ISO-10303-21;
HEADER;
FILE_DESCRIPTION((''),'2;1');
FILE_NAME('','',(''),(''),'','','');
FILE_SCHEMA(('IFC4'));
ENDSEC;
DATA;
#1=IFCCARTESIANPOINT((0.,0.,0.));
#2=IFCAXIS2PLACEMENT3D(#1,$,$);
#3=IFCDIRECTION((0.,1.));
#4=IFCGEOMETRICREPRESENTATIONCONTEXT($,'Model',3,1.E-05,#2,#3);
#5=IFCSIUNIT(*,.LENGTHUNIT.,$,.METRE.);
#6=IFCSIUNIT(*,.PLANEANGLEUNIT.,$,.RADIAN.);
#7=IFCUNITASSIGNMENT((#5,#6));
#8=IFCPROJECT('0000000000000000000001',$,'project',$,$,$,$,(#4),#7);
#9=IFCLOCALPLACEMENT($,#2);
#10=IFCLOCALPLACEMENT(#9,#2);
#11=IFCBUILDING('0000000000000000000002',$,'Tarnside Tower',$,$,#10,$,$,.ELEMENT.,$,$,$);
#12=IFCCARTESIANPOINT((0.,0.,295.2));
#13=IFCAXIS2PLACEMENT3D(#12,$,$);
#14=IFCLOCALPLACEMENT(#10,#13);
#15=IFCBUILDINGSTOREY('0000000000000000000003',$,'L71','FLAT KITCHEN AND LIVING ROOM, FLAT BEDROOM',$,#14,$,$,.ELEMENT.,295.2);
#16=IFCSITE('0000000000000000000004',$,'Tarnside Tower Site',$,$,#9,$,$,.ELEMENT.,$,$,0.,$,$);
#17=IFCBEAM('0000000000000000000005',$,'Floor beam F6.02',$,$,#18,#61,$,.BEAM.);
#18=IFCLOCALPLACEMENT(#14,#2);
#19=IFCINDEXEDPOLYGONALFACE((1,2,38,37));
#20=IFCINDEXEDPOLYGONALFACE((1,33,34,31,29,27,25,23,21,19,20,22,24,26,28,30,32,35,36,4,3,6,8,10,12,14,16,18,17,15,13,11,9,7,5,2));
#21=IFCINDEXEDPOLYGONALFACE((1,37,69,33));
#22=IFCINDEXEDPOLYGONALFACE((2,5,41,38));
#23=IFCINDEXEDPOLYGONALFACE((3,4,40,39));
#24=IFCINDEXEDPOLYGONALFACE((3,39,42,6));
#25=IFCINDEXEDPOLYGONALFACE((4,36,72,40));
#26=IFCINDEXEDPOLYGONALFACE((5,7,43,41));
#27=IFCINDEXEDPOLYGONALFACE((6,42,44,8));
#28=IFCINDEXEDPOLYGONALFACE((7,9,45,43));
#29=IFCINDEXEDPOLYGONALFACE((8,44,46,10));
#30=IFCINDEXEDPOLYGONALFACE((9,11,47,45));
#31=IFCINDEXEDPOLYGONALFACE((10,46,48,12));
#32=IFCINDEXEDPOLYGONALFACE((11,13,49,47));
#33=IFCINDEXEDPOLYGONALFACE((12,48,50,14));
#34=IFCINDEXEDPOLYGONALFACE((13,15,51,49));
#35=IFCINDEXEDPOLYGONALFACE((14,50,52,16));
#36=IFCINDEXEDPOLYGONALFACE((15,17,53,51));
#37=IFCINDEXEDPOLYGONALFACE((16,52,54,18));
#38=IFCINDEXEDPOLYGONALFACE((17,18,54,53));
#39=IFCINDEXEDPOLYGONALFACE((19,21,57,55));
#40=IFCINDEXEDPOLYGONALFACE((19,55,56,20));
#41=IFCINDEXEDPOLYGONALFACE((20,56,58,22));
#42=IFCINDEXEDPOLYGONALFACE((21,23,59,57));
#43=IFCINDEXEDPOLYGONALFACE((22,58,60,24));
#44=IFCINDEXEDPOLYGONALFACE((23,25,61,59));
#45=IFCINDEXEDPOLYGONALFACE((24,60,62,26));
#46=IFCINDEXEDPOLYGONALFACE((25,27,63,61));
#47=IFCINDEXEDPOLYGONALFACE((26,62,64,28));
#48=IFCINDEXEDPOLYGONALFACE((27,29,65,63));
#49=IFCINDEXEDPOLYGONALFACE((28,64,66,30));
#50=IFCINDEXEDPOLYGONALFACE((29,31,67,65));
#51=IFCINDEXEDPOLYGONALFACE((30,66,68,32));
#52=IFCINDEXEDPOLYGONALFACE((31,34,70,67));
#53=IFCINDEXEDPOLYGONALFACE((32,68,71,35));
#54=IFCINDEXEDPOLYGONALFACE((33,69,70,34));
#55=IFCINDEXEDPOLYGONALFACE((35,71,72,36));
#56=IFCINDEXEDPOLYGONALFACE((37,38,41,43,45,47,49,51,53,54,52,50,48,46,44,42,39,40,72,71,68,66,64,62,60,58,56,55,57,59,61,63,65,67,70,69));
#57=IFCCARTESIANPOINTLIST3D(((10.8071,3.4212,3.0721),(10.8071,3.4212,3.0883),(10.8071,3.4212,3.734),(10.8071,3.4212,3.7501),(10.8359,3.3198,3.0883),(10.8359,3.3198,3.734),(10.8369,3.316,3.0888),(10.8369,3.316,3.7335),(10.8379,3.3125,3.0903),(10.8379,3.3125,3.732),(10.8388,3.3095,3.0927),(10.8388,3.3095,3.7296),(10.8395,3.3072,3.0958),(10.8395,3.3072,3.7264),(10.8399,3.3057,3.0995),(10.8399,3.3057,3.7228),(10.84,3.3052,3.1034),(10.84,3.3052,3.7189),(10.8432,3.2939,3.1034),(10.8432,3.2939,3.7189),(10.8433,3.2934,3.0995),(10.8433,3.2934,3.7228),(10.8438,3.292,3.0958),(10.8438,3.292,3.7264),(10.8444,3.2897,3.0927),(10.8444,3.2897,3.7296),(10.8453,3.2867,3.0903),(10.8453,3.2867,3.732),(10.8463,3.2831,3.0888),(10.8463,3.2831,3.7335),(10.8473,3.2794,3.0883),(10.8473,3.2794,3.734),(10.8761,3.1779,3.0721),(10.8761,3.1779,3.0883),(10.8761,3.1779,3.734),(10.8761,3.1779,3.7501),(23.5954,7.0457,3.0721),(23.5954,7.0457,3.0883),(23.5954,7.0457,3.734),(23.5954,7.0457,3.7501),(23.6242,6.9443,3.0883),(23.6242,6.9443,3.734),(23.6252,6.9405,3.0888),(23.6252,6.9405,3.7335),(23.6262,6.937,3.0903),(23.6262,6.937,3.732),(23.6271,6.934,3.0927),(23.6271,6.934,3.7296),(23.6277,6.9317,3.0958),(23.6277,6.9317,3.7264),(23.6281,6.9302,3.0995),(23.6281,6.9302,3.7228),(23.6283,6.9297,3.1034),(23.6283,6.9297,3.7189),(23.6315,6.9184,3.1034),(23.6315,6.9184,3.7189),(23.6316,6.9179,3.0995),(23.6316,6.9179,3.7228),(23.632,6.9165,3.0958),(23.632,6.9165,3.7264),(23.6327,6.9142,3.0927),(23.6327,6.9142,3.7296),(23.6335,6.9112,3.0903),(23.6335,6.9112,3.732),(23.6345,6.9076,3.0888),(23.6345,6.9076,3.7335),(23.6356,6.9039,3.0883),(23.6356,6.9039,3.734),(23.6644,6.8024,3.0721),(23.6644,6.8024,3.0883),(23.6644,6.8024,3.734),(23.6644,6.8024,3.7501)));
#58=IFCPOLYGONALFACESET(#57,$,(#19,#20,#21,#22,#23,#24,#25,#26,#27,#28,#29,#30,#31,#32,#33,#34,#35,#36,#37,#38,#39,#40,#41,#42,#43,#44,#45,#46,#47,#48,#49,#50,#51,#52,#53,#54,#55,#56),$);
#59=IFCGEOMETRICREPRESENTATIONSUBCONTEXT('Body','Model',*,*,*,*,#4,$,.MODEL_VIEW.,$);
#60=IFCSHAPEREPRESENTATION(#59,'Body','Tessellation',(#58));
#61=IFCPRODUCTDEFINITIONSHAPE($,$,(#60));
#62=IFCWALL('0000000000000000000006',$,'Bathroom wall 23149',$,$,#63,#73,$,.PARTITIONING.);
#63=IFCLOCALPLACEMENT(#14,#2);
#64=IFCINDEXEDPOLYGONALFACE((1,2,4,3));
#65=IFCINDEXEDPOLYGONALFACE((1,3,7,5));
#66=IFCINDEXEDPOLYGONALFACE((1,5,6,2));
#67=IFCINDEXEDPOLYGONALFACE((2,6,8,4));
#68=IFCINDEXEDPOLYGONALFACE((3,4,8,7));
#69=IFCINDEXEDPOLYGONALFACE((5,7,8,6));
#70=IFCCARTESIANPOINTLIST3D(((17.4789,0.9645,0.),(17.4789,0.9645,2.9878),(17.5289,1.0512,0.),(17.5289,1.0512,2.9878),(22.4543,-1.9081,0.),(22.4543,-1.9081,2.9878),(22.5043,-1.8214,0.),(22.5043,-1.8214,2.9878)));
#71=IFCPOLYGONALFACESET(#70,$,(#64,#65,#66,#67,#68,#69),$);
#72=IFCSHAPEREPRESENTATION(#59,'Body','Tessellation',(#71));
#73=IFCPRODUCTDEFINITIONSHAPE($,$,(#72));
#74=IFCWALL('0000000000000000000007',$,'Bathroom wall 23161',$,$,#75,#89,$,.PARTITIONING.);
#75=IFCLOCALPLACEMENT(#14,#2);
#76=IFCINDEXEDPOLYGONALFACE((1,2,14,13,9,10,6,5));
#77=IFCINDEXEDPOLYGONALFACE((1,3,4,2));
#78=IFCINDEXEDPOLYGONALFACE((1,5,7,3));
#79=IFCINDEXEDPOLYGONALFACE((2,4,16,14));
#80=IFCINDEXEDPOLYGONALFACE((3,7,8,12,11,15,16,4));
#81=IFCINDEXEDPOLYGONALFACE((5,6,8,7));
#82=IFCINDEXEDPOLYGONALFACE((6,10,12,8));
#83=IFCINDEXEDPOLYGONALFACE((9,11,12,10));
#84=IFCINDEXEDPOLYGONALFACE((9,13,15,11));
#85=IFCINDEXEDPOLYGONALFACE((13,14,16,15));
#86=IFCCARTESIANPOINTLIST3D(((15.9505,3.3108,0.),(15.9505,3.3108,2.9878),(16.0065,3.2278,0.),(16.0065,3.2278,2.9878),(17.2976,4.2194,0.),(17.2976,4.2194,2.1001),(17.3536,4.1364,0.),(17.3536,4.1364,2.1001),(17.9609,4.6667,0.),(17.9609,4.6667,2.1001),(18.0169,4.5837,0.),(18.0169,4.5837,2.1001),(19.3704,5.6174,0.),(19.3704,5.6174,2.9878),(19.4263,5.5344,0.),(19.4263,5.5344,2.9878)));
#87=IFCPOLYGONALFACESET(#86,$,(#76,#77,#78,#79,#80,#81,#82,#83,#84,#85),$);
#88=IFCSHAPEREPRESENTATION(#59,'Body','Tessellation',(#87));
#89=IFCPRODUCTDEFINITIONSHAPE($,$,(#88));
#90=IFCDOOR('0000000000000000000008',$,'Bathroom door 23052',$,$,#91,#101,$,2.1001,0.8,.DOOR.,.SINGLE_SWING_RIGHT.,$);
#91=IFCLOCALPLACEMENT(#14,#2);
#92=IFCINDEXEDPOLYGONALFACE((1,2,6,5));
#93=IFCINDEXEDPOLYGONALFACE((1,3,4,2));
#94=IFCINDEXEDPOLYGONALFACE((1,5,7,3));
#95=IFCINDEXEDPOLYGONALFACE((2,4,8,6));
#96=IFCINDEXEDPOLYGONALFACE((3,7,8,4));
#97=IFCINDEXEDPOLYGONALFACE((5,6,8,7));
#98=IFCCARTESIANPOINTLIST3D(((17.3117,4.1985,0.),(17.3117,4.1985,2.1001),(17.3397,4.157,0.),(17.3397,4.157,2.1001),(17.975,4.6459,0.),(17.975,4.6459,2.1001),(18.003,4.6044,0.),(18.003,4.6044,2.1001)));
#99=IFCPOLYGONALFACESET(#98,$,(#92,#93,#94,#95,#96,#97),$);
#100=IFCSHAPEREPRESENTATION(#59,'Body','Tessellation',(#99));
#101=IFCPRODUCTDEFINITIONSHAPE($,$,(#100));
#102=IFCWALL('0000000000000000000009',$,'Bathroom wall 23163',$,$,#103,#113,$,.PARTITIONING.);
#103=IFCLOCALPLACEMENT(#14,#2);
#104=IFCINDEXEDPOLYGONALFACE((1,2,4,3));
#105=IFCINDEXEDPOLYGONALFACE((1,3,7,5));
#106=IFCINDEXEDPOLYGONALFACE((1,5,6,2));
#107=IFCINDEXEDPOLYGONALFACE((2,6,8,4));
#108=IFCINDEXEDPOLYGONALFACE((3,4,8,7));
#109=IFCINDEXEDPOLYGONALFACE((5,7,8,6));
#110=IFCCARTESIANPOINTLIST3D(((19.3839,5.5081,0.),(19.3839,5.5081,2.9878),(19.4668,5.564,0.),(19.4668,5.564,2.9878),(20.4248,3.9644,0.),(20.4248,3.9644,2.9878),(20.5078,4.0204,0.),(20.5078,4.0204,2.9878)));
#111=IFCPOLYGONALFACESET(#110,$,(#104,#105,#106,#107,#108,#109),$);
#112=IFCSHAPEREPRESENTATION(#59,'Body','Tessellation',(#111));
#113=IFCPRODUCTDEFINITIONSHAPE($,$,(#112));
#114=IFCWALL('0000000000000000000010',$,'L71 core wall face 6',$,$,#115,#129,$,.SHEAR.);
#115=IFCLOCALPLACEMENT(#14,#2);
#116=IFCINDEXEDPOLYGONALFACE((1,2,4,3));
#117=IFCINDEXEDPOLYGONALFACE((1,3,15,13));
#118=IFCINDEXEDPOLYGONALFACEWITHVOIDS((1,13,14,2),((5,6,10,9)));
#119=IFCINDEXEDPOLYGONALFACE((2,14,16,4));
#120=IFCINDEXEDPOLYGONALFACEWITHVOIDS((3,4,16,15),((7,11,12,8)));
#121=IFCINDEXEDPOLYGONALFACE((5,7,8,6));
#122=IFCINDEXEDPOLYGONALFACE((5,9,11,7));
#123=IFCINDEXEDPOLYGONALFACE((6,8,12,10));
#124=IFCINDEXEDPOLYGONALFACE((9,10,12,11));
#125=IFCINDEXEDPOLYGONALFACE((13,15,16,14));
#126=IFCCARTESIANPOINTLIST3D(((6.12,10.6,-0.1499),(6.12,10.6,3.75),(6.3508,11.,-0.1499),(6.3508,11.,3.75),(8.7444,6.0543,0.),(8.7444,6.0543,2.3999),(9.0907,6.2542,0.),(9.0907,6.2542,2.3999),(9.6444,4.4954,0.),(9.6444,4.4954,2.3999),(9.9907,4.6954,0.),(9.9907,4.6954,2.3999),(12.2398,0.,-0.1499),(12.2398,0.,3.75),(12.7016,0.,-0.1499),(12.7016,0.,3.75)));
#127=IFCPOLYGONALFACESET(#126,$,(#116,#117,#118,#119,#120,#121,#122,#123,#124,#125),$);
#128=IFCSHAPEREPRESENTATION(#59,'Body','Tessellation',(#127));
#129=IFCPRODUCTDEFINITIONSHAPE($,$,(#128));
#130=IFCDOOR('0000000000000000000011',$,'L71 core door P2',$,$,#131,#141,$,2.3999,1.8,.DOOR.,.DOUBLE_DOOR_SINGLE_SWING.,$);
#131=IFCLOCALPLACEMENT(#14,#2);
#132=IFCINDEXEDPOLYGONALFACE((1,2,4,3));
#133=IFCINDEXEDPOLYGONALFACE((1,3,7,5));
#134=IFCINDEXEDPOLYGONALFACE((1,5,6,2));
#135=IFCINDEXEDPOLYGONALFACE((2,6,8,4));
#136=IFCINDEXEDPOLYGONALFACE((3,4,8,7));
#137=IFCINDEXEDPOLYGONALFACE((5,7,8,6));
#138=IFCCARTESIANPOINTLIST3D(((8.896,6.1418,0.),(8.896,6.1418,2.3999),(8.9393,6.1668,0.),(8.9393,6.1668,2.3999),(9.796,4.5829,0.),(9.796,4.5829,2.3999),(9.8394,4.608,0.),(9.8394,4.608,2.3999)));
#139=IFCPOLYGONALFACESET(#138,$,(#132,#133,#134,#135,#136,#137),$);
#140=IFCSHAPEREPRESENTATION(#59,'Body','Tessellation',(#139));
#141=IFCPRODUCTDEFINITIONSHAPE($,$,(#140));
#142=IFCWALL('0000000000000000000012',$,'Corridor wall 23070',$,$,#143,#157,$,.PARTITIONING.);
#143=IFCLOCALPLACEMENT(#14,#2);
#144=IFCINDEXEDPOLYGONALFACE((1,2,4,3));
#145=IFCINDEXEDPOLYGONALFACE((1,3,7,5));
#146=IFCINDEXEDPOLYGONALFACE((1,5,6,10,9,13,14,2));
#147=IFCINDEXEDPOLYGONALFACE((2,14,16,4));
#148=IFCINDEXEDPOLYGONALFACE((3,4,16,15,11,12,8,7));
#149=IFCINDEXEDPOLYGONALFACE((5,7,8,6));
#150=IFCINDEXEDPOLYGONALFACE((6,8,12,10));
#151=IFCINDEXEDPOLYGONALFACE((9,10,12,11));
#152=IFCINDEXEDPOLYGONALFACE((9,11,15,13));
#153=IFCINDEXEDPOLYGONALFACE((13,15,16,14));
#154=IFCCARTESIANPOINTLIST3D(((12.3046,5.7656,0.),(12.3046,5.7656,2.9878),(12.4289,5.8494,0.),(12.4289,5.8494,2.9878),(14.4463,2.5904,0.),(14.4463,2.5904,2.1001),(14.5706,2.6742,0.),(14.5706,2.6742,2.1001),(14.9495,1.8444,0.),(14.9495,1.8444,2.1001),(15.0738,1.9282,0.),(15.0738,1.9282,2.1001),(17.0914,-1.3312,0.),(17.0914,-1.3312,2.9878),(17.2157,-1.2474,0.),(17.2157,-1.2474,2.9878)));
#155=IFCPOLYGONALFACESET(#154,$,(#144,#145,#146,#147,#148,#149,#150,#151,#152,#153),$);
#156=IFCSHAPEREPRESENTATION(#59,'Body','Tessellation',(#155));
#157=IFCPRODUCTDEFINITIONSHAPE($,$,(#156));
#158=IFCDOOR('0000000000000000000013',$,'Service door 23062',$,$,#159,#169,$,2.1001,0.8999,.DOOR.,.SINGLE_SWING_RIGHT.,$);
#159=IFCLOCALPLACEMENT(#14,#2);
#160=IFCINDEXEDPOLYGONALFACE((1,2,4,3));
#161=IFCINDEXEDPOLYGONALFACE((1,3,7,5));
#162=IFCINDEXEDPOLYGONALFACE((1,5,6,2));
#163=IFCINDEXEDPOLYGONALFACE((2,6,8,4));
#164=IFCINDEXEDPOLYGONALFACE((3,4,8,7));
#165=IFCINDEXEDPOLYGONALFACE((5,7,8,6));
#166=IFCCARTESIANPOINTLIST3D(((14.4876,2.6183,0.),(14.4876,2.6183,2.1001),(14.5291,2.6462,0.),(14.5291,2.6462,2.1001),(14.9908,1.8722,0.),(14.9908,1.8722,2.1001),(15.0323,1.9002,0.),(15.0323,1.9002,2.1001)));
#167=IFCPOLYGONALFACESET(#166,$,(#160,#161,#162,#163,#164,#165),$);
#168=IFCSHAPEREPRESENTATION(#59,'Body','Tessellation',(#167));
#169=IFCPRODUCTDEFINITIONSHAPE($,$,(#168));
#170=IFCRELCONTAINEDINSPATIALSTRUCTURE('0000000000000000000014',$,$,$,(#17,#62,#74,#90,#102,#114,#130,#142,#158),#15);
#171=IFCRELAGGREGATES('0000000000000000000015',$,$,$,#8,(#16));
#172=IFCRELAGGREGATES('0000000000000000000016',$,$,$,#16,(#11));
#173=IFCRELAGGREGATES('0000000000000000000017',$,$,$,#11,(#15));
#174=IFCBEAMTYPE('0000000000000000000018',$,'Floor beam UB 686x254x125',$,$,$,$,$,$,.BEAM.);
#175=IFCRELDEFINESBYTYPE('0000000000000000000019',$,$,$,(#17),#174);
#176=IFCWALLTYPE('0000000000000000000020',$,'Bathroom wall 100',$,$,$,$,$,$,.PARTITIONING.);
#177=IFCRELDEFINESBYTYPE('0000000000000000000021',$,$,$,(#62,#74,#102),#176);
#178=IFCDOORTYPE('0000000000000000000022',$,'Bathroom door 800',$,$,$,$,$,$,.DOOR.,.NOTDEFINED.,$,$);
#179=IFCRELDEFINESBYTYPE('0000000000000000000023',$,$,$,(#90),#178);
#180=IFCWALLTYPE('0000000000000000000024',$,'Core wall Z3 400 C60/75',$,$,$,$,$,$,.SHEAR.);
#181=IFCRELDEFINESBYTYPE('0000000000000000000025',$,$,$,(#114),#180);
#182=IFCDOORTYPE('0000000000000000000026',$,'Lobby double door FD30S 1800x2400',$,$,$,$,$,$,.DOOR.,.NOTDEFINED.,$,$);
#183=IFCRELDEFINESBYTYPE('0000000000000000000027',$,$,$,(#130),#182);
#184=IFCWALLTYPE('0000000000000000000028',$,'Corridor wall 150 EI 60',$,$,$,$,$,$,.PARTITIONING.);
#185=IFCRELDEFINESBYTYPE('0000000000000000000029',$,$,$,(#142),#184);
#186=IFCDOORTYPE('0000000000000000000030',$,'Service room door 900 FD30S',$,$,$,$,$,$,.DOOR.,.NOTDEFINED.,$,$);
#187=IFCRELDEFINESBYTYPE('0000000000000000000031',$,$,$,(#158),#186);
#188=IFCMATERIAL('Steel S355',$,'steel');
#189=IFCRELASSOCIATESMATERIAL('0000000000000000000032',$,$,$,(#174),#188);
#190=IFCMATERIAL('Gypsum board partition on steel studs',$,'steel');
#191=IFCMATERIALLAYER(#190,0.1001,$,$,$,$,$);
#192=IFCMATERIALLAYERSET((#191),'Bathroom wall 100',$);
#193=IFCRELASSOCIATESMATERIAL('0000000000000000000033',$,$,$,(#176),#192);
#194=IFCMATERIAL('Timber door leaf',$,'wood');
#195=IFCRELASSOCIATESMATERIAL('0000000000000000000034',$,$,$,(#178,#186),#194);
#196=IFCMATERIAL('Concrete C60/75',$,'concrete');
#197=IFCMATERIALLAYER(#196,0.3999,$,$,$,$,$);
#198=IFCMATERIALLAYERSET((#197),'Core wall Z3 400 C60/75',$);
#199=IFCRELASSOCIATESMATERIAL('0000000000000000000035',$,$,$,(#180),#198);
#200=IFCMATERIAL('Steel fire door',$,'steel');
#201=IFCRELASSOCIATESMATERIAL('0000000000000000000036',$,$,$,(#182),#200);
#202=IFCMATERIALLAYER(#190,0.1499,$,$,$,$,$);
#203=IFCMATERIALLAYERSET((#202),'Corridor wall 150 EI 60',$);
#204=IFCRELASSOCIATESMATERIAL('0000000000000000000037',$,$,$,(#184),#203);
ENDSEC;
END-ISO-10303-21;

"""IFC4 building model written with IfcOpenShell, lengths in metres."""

from ifc_helpers import new_model, si_unit, direction, frame, frame_2d, origin, origin_2d, place, context, subcontext, project, spatial, polyline, rectangle, i_section, outline, extrude, material, layer, layer_set, material_profile, profile_set, type_object, element, fill, save


model = new_model("IFC4")

# Units and contexts
model_context = context("Model", 3, precision=1e-05, world=origin(), true_north=direction((0.0, 1.0)))
body_context = subcontext(model_context, "Body", "Model", "MODEL_VIEW")
ifc_project = project(units=[si_unit("LENGTHUNIT", "METRE"), si_unit("PLANEANGLEUNIT", "RADIAN")], contexts=[model_context])

# Site, building, storey
site_placement = place(None, origin())
site = spatial("IfcSite", under=ifc_project, at=site_placement, Name="Tarnside Tower Site", CompositionType="ELEMENT", RefElevation=0.0)
building_placement = place(site_placement, origin())
building = spatial("IfcBuilding", under=site, at=building_placement, Name="Tarnside Tower", CompositionType="ELEMENT")
storey_placement = place(building_placement, frame((0.0, 0.0, 295.2)))
storey = spatial("IfcBuildingStorey", under=building, at=storey_placement, Name="L71", Description="FLAT KITCHEN AND LIVING ROOM, FLAT BEDROOM", CompositionType="ELEMENT", Elevation=295.2)

# Beam
ifc_material_1 = material(Name="Steel S355", Category="steel")
ifc_material_profile = material_profile(ifc_material_1, i_section(OverallWidth=0.2529, OverallDepth=0.678, WebThickness=0.0117, FlangeThickness=0.0161, FilletRadius=0.0151, at=origin_2d()), Name="UB 686x254x125")
ifc_profile_set = profile_set([ifc_material_profile], Name="Steel S355")
beam_type = type_object("IfcBeamType", Name="Floor beam UB 686x254x125", PredefinedType="BEAM", material=ifc_profile_set)
beam_placement = place(storey_placement, frame((23.6299, 6.9241, 3.4111), z_axis=(-0.962104, -0.272683, 0.0), x_axis=(0.272683, -0.962104, 0.0)))
element("IfcBeam", 1, at=beam_placement, inside=storey, type_object=beam_type, Name="Floor beam F6.02", PredefinedType="BEAM", context=body_context, shape_type="SweptSolid", body=[
    extrude(i_section(OverallWidth=0.2529, OverallDepth=0.678, WebThickness=0.0117, FlangeThickness=0.0161, FilletRadius=0.0151, at=origin_2d()), origin(), (0.0, 0.0, 1.0), 13.292),
])

# Wall
ifc_material_2 = material(Name="Gypsum board partition on steel studs", Category="steel")
ifc_layer_1 = layer(ifc_material_2, 0.1001)
ifc_layer_set_1 = layer_set([ifc_layer_1], Name="Bathroom wall 100")
wall_type_1 = type_object("IfcWallType", Name="Bathroom wall 100", PredefinedType="PARTITIONING", material=ifc_layer_set_1)
wall_1_placement = place(storey_placement, frame((17.5039, 1.0078, 0.0), z_axis=(0.0, 0.0, 1.0), x_axis=(0.866022, -0.500006, 0.0)))
element("IfcWall", 2, at=wall_1_placement, inside=storey, type_object=wall_type_1, Name="Bathroom wall 23149", PredefinedType="PARTITIONING", context=body_context, shape_type="SweptSolid", body=[
    extrude(rectangle(XDim=5.7451, YDim=0.1001, at=frame_2d((2.8726, 0.0))), origin(), (0.0, 0.0, 1.0), 2.9878),
])

# Wall, opening, door
wall_2_placement = place(storey_placement, frame((15.9785, 3.2693, 0.0), z_axis=(0.0, 0.0, 1.0), x_axis=(0.829052, 0.559172, 0.0)))
wall_2 = element("IfcWall", 3, at=wall_2_placement, inside=storey, type_object=wall_type_1, Name="Bathroom wall 23161", PredefinedType="PARTITIONING", context=body_context, shape_type="SweptSolid", body=[
    extrude(rectangle(XDim=4.125, YDim=0.1001, at=frame_2d((2.0625, 0.0))), origin(), (0.0, 0.0, 1.0), 2.9878),
])
opening_1_placement = place(wall_2_placement, frame((1.625, 0.0, 0.0)))
opening_1 = element("IfcOpeningElement", 4, at=opening_1_placement, cuts=wall_2, PredefinedType="OPENING", context=body_context, shape_type="SweptSolid", body=[
    extrude(rectangle(XDim=0.8, YDim=2.1001, at=frame_2d((0.3999, 1.05))), frame((0.0, 0.0601, 0.0), z_axis=(0.0, -1.0, 0.0), x_axis=(1.0, 0.0, 0.0)), (0.0, 0.0, 1.0), 0.1201),
])
ifc_material_3 = material(Name="Timber door leaf", Category="wood")
door_type_1 = type_object("IfcDoorType", Name="Bathroom door 800", OperationType="NOTDEFINED", PredefinedType="DOOR", material=ifc_material_3)
door_1_placement = place(opening_1_placement, origin())
door_1 = element("IfcDoor", 5, at=door_1_placement, inside=storey, type_object=door_type_1, Name="Bathroom door 23052", OperationType="SINGLE_SWING_RIGHT", OverallHeight=2.1001, OverallWidth=0.8, PredefinedType="DOOR", context=body_context, shape_type="SweptSolid", body=[
    extrude(rectangle(XDim=0.8, YDim=2.1001, at=frame_2d((0.3999, 1.05))), frame((0.0, 0.0249, 0.0), z_axis=(0.0, -1.0, 0.0), x_axis=(1.0, 0.0, 0.0)), (0.0, 0.0, 1.0), 0.05),
])
fill(opening_1, door_1)

# Wall
wall_3_placement = place(storey_placement, frame((20.4663, 3.9924, 0.0), z_axis=(0.0, 0.0, 1.0), x_axis=(-0.55911, 0.829093, 0.0)))
element("IfcWall", 6, at=wall_3_placement, inside=storey, type_object=wall_type_1, Name="Bathroom wall 23163", PredefinedType="PARTITIONING", context=body_context, shape_type="SweptSolid", body=[
    extrude(rectangle(XDim=1.8618, YDim=0.1001, at=frame_2d((0.9309, 0.0))), origin(), (0.0, 0.0, 1.0), 2.9878),
])

# Walls, openings, doors
ifc_material_4 = material(Name="Concrete C60/75", Category="concrete")
ifc_layer_2 = layer(ifc_material_4, 0.3999)
ifc_layer_set_2 = layer_set([ifc_layer_2], Name="Core wall Z3 400 C60/75")
wall_type_2 = type_object("IfcWallType", Name="Core wall Z3 400 C60/75", PredefinedType="SHEAR", material=ifc_layer_set_2)
wall_4_placement = place(storey_placement, frame((12.4707, 0.0, -0.1499), z_axis=(0.0, 0.0, 1.0), x_axis=(-0.499996, 0.866027, 0.0)))
wall_4 = element("IfcWall", 7, at=wall_4_placement, inside=storey, type_object=wall_type_2, Name="L71 core wall face 6", PredefinedType="SHEAR", context=body_context, shape_type="SweptSolid", body=[
    extrude(outline(polyline([(-0.1155, -0.2), (12.5862, -0.2), (12.3552, 0.2), (0.1155, 0.2), (-0.1155, -0.2)])), origin(), (0.0, 0.0, 1.0), 3.8999),
])
opening_2_placement = place(wall_4_placement, frame((5.3064, 0.0, 0.1499)))
opening_2 = element("IfcOpeningElement", 8, at=opening_2_placement, cuts=wall_4, PredefinedType="OPENING", context=body_context, shape_type="SweptSolid", body=[
    extrude(rectangle(XDim=1.8, YDim=2.3999, at=frame_2d((0.8999, 1.2))), frame((0.0, 0.21, 0.0), z_axis=(0.0, -1.0, 0.0), x_axis=(1.0, 0.0, 0.0)), (0.0, 0.0, 1.0), 0.4199),
])
ifc_material_5 = material(Name="Steel fire door", Category="steel")
door_type_2 = type_object("IfcDoorType", Name="Lobby double door FD30S 1800x2400", OperationType="NOTDEFINED", PredefinedType="DOOR", material=ifc_material_5)
door_2_placement = place(opening_2_placement, origin())
door_2 = element("IfcDoor", 9, at=door_2_placement, inside=storey, type_object=door_type_2, Name="L71 core door P2", OperationType="DOUBLE_DOOR_SINGLE_SWING", OverallHeight=2.3999, OverallWidth=1.8, PredefinedType="DOOR", context=body_context, shape_type="SweptSolid", body=[
    extrude(rectangle(XDim=1.8, YDim=2.3999, at=frame_2d((0.8999, 1.2))), frame((0.0, 0.0249, 0.0), z_axis=(0.0, -1.0, 0.0), x_axis=(1.0, 0.0, 0.0)), (0.0, 0.0, 1.0), 0.05),
])
fill(opening_2, door_2)
ifc_layer_3 = layer(ifc_material_2, 0.1499)
ifc_layer_set_3 = layer_set([ifc_layer_3], Name="Corridor wall 150 EI 60")
wall_type_3 = type_object("IfcWallType", Name="Corridor wall 150 EI 60", PredefinedType="PARTITIONING", material=ifc_layer_set_3)
wall_5_placement = place(storey_placement, frame((12.3667, 5.8076, 0.0), z_axis=(0.0, 0.0, 1.0), x_axis=(0.559187, -0.829041, 0.0)))
wall_5 = element("IfcWall", 10, at=wall_5_placement, inside=storey, type_object=wall_type_3, Name="Corridor wall 23070", PredefinedType="PARTITIONING", context=body_context, shape_type="SweptSolid", body=[
    extrude(rectangle(XDim=8.5603, YDim=0.1499, at=frame_2d((4.2803, 0.0))), origin(), (0.0, 0.0, 1.0), 2.9878),
])
opening_3_placement = place(wall_5_placement, frame((3.8301, 0.0, 0.0)))
opening_3 = element("IfcOpeningElement", 11, at=opening_3_placement, cuts=wall_5, PredefinedType="OPENING", context=body_context, shape_type="SweptSolid", body=[
    extrude(rectangle(XDim=0.8999, YDim=2.1001, at=frame_2d((0.45, 1.05))), frame((0.0, 0.085, 0.0), z_axis=(0.0, -1.0, 0.0), x_axis=(1.0, 0.0, 0.0)), (0.0, 0.0, 1.0), 0.1699),
])
door_type_3 = type_object("IfcDoorType", Name="Service room door 900 FD30S", OperationType="NOTDEFINED", PredefinedType="DOOR", material=ifc_material_3)
door_3_placement = place(opening_3_placement, origin())
door_3 = element("IfcDoor", 12, at=door_3_placement, inside=storey, type_object=door_type_3, Name="Service door 23062", OperationType="SINGLE_SWING_RIGHT", OverallHeight=2.1001, OverallWidth=0.8999, PredefinedType="DOOR", context=body_context, shape_type="SweptSolid", body=[
    extrude(rectangle(XDim=0.8999, YDim=2.1001, at=frame_2d((0.45, 1.05))), frame((0.0, 0.0249, 0.0), z_axis=(0.0, -1.0, 0.0), x_axis=(1.0, 0.0, 0.0)), (0.0, 0.0, 1.0), 0.05),
])
fill(opening_3, door_3)

save(model, "model.ifc")
